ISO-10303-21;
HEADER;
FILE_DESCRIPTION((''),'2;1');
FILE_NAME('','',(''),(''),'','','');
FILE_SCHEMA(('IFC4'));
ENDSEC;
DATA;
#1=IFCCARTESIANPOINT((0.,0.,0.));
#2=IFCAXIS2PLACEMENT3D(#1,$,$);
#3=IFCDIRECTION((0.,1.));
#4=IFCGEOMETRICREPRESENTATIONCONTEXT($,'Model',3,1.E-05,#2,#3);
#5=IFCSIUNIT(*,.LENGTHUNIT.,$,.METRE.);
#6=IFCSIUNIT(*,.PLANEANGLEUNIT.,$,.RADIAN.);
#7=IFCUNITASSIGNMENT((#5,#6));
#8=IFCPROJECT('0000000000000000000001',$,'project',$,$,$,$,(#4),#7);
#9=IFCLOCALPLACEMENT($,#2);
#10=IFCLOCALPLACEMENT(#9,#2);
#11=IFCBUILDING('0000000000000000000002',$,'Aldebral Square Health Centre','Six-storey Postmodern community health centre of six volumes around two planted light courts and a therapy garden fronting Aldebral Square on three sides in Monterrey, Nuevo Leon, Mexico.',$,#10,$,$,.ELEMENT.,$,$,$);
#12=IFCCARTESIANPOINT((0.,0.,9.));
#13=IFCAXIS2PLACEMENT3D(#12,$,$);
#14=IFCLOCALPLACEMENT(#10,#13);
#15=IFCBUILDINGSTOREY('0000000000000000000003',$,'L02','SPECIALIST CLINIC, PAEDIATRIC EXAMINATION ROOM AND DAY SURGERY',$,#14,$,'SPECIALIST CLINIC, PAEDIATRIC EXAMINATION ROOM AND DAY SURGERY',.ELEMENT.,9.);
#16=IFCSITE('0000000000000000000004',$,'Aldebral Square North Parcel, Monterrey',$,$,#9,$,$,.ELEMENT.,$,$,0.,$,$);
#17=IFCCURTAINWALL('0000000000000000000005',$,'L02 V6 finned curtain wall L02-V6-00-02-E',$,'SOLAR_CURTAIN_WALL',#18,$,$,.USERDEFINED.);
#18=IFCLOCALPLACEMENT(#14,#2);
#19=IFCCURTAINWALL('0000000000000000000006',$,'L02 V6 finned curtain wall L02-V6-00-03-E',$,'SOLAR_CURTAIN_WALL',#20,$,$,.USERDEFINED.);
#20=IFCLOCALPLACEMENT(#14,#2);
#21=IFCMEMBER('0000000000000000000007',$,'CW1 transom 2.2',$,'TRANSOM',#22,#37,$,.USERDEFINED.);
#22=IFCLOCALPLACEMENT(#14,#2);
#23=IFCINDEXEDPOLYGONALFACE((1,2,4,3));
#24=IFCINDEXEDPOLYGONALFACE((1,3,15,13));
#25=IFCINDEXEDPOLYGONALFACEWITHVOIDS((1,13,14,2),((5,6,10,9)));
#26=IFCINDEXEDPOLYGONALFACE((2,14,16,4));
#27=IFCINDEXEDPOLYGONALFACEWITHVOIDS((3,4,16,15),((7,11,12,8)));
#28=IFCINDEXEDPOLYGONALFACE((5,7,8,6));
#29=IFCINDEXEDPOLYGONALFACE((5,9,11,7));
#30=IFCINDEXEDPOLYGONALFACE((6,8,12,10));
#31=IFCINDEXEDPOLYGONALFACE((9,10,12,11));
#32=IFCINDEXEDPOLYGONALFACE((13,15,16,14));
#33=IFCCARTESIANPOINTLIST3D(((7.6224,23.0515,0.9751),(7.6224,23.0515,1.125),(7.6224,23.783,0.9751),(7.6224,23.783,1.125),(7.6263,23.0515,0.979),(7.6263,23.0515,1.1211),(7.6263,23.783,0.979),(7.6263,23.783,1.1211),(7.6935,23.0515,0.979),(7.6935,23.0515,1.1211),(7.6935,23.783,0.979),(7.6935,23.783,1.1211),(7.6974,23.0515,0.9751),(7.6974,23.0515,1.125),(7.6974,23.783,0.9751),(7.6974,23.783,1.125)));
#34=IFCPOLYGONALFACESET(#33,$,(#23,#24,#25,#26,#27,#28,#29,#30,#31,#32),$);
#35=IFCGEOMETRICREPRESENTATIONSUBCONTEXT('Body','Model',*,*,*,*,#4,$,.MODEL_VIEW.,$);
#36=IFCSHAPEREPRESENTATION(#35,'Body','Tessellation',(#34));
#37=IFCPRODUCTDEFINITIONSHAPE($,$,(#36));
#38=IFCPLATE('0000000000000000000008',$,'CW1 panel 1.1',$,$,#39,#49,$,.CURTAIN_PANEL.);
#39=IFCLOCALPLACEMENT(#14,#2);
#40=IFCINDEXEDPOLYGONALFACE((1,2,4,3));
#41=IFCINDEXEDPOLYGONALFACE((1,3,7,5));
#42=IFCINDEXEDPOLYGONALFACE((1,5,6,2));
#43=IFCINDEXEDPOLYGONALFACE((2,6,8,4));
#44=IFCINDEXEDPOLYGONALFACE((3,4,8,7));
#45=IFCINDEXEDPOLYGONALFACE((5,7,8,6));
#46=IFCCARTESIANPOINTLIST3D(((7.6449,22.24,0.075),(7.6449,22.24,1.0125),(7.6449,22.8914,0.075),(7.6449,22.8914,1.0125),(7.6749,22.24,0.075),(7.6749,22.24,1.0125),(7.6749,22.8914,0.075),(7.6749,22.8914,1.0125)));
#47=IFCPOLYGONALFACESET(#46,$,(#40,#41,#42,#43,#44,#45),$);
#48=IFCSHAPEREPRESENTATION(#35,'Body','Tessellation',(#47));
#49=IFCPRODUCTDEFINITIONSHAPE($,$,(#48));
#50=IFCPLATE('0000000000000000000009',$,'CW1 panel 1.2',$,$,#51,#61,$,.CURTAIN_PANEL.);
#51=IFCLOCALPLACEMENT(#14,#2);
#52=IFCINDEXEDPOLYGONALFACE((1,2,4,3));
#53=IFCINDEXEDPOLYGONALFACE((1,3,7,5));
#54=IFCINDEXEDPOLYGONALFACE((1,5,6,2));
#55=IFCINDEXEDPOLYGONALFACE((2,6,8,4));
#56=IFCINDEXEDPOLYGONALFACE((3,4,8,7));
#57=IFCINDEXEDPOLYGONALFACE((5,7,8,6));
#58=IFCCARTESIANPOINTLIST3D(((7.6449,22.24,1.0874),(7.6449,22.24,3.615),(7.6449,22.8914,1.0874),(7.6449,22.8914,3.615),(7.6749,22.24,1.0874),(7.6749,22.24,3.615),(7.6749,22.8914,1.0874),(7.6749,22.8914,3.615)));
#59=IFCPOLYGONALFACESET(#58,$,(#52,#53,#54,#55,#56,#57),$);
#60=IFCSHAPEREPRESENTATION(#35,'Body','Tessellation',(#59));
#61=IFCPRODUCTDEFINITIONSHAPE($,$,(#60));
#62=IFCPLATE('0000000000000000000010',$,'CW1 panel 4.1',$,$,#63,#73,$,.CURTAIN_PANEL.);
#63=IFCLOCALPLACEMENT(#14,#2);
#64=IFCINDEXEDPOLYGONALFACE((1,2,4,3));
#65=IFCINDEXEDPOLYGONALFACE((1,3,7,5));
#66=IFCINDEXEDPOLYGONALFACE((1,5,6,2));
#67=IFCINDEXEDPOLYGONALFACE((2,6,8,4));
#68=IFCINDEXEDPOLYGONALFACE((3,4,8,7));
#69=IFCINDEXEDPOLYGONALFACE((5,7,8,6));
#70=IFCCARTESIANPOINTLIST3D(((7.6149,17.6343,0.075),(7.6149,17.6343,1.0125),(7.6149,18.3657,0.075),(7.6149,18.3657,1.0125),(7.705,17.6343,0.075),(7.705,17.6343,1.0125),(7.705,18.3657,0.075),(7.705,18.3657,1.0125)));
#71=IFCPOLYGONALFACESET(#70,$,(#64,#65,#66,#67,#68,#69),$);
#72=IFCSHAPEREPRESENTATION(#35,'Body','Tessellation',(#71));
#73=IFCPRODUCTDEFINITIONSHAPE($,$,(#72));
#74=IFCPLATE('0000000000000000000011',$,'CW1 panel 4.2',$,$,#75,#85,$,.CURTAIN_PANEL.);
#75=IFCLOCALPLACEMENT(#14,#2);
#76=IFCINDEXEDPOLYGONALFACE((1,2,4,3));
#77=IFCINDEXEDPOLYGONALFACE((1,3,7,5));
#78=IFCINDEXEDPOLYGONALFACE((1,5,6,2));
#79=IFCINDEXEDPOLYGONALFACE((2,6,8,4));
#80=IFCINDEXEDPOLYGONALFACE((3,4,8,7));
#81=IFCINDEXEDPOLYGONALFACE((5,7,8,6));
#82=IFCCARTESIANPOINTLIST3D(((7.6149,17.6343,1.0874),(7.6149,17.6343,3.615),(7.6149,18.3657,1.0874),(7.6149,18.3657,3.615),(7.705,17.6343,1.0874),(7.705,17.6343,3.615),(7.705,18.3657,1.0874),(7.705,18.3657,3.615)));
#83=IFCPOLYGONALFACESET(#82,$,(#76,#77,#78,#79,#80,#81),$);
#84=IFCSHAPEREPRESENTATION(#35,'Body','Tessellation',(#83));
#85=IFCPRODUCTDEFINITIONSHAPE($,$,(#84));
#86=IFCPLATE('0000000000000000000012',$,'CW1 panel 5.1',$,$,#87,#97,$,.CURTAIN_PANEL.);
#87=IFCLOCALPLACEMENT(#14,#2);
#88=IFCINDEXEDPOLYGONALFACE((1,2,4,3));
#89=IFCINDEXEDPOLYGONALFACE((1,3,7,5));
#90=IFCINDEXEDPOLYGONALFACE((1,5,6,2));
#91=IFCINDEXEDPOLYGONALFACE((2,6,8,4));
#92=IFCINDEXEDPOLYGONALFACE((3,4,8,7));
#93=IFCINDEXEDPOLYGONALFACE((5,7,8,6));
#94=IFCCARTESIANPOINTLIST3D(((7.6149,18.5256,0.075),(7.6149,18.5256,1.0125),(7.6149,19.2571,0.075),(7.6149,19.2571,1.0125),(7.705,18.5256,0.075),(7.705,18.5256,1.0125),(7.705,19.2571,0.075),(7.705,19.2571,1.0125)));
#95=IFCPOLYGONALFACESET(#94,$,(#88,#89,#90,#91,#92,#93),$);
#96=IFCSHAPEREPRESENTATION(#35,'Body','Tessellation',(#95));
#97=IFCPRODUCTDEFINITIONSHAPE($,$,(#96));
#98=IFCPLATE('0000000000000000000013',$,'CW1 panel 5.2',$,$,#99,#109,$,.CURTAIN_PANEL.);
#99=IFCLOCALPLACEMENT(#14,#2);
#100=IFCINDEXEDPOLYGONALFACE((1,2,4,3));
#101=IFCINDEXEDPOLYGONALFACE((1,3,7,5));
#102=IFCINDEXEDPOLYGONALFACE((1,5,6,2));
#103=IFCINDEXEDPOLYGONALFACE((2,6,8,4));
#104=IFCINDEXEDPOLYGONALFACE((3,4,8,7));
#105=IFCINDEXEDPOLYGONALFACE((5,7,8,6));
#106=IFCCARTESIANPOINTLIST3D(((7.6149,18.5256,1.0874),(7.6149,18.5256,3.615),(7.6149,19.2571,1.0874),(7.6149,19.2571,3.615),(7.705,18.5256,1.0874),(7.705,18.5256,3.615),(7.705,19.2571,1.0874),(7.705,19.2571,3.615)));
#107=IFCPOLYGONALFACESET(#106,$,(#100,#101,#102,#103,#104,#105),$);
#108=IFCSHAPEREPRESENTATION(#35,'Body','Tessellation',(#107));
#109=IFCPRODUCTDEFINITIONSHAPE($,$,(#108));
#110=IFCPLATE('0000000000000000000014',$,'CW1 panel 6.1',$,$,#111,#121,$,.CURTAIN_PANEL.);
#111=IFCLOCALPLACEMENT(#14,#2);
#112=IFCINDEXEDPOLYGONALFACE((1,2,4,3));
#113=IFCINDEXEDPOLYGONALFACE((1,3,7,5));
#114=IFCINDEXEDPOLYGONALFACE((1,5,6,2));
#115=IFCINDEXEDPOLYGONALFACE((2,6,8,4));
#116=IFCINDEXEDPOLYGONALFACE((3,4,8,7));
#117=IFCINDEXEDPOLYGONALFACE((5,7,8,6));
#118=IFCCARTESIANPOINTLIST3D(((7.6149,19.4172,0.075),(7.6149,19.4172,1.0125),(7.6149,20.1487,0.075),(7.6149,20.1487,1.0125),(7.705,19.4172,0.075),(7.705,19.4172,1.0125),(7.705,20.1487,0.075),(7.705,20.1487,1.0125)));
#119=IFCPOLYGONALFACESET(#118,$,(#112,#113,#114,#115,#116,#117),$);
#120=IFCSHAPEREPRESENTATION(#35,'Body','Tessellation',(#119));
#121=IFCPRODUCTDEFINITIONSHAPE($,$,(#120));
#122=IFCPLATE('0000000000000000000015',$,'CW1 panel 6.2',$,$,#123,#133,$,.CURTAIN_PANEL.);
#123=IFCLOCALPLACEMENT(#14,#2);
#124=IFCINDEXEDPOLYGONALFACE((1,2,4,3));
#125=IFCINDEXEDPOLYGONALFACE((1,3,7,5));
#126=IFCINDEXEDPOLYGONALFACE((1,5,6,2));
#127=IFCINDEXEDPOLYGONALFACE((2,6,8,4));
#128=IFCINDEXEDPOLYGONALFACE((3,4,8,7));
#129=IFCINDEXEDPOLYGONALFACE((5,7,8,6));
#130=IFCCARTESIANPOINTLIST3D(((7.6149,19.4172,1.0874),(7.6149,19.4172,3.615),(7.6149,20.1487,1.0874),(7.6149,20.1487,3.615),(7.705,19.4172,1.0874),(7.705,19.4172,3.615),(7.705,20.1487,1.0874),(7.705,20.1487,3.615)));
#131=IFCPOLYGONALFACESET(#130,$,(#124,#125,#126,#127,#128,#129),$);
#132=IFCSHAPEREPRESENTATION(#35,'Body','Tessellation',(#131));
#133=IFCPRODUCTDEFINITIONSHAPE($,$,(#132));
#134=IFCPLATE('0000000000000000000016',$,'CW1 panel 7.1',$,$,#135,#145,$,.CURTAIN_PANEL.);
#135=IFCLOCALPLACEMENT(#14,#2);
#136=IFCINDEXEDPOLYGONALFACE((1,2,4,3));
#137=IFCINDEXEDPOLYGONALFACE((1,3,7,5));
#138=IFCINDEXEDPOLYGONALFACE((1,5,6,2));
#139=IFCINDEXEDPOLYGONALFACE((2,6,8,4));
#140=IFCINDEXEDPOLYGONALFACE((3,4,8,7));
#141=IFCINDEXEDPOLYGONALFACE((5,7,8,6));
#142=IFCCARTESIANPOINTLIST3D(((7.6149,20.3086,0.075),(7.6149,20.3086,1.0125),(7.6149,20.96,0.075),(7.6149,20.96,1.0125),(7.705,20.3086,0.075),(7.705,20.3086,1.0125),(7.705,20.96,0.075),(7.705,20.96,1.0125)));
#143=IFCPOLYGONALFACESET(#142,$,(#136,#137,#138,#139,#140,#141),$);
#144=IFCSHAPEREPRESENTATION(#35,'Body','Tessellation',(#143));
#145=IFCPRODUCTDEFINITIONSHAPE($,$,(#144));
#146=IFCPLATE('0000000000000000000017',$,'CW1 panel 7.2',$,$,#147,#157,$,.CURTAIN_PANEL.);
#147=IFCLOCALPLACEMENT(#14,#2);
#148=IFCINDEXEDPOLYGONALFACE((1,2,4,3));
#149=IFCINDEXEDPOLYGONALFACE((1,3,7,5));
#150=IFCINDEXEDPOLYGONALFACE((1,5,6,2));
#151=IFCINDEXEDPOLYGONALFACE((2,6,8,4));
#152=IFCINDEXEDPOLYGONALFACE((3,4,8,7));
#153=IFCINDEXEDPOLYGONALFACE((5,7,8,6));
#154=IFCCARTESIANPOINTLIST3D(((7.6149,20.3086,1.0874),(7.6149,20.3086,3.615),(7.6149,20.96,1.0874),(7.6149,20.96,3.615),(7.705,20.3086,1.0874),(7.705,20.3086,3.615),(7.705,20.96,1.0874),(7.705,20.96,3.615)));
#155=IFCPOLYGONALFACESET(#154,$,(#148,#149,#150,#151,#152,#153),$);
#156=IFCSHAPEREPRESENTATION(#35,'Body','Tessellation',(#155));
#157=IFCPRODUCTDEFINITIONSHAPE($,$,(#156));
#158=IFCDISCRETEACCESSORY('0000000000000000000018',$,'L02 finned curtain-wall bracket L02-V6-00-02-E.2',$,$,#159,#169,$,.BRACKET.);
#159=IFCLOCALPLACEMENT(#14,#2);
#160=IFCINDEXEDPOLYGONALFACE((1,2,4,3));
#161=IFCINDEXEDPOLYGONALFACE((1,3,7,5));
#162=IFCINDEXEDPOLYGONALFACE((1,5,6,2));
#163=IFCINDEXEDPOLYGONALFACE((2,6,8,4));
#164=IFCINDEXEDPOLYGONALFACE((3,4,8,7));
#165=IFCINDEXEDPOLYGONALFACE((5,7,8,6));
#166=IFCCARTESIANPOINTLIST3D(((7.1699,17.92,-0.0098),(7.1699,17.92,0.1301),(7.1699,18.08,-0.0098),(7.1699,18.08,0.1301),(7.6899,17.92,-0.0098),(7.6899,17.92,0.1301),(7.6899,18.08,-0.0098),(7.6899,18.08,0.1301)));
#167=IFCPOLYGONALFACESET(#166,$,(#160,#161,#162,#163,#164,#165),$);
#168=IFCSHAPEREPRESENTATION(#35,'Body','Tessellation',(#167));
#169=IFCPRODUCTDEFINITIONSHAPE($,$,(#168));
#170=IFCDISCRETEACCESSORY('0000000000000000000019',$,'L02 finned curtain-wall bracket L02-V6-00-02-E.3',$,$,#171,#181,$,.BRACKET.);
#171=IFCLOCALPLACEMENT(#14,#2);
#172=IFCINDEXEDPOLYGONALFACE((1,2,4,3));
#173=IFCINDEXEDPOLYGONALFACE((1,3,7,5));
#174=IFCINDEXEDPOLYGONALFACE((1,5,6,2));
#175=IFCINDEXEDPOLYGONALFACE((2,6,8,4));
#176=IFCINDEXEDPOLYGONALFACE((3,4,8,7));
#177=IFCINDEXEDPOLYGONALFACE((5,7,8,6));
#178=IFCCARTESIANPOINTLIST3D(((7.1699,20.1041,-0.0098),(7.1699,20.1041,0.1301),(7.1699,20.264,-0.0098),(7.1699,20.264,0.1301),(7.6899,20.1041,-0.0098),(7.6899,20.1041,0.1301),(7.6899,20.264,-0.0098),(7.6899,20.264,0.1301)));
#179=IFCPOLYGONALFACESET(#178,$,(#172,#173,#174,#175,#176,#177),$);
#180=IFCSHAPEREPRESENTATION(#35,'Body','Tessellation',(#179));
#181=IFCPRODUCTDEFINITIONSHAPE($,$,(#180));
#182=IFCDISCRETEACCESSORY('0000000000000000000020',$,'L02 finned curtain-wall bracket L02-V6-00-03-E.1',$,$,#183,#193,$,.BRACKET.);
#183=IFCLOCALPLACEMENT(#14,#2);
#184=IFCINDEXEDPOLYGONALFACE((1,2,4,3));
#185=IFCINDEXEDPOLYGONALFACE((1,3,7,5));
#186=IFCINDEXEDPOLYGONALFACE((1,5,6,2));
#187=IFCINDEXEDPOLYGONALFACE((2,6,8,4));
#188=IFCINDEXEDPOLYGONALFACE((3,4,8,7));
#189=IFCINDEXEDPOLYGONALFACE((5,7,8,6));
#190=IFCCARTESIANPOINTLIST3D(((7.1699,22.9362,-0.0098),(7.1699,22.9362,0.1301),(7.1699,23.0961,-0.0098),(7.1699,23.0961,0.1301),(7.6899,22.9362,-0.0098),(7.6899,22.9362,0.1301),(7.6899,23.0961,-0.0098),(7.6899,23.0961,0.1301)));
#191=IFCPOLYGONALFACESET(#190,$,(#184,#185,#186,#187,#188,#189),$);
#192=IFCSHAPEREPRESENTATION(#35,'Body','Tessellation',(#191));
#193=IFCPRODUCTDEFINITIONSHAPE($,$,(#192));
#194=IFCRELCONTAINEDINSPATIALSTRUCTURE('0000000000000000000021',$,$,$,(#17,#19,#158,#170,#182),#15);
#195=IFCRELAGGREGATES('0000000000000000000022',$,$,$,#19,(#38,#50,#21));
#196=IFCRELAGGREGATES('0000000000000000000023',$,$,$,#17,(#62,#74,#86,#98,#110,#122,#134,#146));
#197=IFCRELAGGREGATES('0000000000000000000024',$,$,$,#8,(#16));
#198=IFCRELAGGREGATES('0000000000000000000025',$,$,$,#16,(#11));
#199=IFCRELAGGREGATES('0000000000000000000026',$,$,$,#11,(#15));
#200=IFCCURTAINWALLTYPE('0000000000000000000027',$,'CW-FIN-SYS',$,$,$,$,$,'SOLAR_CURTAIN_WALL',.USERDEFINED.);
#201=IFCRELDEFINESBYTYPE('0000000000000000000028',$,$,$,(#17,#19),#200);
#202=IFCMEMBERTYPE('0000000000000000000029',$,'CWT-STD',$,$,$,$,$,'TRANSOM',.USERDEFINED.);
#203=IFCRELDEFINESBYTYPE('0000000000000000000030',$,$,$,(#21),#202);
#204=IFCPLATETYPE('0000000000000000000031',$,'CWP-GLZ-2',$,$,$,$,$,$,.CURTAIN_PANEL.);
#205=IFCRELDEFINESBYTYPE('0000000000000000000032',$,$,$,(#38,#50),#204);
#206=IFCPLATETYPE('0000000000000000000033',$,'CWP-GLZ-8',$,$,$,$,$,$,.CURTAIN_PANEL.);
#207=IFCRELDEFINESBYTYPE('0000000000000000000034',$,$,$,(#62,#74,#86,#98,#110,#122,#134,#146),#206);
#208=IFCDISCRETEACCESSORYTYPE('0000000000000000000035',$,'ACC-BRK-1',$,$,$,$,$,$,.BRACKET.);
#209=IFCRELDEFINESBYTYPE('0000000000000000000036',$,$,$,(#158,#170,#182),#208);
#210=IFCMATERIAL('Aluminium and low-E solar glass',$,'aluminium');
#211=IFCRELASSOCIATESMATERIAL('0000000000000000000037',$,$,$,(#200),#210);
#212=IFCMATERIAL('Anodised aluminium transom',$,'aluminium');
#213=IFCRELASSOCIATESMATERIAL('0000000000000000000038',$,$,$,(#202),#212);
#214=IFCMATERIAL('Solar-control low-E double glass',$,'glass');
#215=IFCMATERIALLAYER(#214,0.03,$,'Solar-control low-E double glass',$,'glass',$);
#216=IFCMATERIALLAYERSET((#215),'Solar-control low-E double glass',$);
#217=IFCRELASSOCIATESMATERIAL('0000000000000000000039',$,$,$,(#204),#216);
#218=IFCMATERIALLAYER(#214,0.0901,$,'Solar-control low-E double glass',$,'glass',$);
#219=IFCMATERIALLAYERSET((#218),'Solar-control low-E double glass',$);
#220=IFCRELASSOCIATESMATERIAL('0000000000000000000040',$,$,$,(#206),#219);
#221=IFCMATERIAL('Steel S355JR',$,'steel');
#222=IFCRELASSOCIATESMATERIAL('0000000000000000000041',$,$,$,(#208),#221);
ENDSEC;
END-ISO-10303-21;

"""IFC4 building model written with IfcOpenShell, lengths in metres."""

from ifc_helpers import new_model, si_unit, direction, frame, origin, origin_2d, place, context, subcontext, project, spatial, rectangle, hollow_rectangle, extrude, material, layer, layer_set, material_profile, profile_set, type_object, element, aggregate, save


model = new_model("IFC4")

# Units and contexts
model_context = context("Model", 3, precision=1e-05, world=origin(), true_north=direction((0.0, 1.0)))
body_context = subcontext(model_context, "Body", "Model", "MODEL_VIEW")
ifc_project = project(units=[si_unit("LENGTHUNIT", "METRE"), si_unit("PLANEANGLEUNIT", "RADIAN")], contexts=[model_context])

# Site, building, storey
site_placement = place(None, origin())
site = spatial("IfcSite", under=ifc_project, at=site_placement, Name="Aldebral Square North Parcel, Monterrey", CompositionType="ELEMENT", RefElevation=0.0)
building_placement = place(site_placement, origin())
building = spatial("IfcBuilding", under=site, at=building_placement, Name="Aldebral Square Health Centre", Description="Six-storey Postmodern community health centre of six volumes around two planted light courts and a therapy garden fronting Aldebral Square on three sides in Monterrey, Nuevo Leon, Mexico.", CompositionType="ELEMENT")
storey_placement = place(building_placement, frame((0.0, 0.0, 9.0)))
storey = spatial("IfcBuildingStorey", under=building, at=storey_placement, Name="L02", Description="SPECIALIST CLINIC, PAEDIATRIC EXAMINATION ROOM AND DAY SURGERY", LongName="SPECIALIST CLINIC, PAEDIATRIC EXAMINATION ROOM AND DAY SURGERY", CompositionType="ELEMENT", Elevation=9.0)

# Curtain walls
ifc_material_1 = material(Name="Aluminium and low-E solar glass", Category="aluminium")
curtain_wall_type = type_object("IfcCurtainWallType", Name="CW-FIN-SYS", ElementType="SOLAR_CURTAIN_WALL", PredefinedType="USERDEFINED", material=ifc_material_1)
curtain_wall_1_placement = place(storey_placement, origin())
curtain_wall_1 = element("IfcCurtainWall", 1, at=curtain_wall_1_placement, inside=storey, type_object=curtain_wall_type, Name="L02 V6 finned curtain wall L02-V6-00-02-E", ObjectType="SOLAR_CURTAIN_WALL", PredefinedType="USERDEFINED")
curtain_wall_2_placement = place(storey_placement, origin())
curtain_wall_2 = element("IfcCurtainWall", 2, at=curtain_wall_2_placement, inside=storey, type_object=curtain_wall_type, Name="L02 V6 finned curtain wall L02-V6-00-03-E", ObjectType="SOLAR_CURTAIN_WALL", PredefinedType="USERDEFINED")

# Member
ifc_material_2 = material(Name="Anodised aluminium transom", Category="aluminium")
ifc_material_profile_1 = material_profile(ifc_material_2, hollow_rectangle(XDim=0.075, YDim=0.1499, WallThickness=0.0039, at=origin_2d()), Name="CWT 75x150x4")
ifc_profile_set_1 = profile_set([ifc_material_profile_1], Name="Anodised aluminium transom")
member_type_1 = type_object("IfcMemberType", Name="CWT-STD", ElementType="TRANSOM", PredefinedType="USERDEFINED", material=ifc_profile_set_1)
member_1_placement = place(storey_placement, frame((7.6599, 23.0515, 1.05), z_axis=(0.0, 1.0, 0.0), x_axis=(-1.0, 0.0, 0.0)))
member_1 = element("IfcMember", 3, at=member_1_placement, type_object=member_type_1, Name="CW1 transom 2.2", ObjectType="TRANSOM", PredefinedType="USERDEFINED", context=body_context, shape_type="SweptSolid", body=[
    extrude(hollow_rectangle(XDim=0.075, YDim=0.1499, WallThickness=0.0039, at=origin_2d()), origin(), (0.0, 0.0, 1.0), 0.7314),
])

# Plates
ifc_material_3 = material(Name="Solar-control low-E double glass", Category="glass")
ifc_layer_1 = layer(ifc_material_3, 0.03, Name="Solar-control low-E double glass", Category="glass")
ifc_layer_set_1 = layer_set([ifc_layer_1], Name="Solar-control low-E double glass")
plate_type_1 = type_object("IfcPlateType", Name="CWP-GLZ-2", PredefinedType="CURTAIN_PANEL", material=ifc_layer_set_1)
plate_1_placement = place(storey_placement, frame((7.6599, 22.5657, 0.075), z_axis=(0.0, 0.0, 1.0), x_axis=(0.0, 1.0, 0.0)))
plate_1 = element("IfcPlate", 4, at=plate_1_placement, type_object=plate_type_1, Name="CW1 panel 1.1", PredefinedType="CURTAIN_PANEL", context=body_context, shape_type="SweptSolid", body=[
    extrude(rectangle(XDim=0.6514, YDim=0.03, at=origin_2d()), origin(), (0.0, 0.0, 1.0), 0.9375),
])
plate_2_placement = place(storey_placement, frame((7.6599, 22.5657, 1.0874), z_axis=(0.0, 0.0, 1.0), x_axis=(0.0, 1.0, 0.0)))
plate_2 = element("IfcPlate", 5, at=plate_2_placement, type_object=plate_type_1, Name="CW1 panel 1.2", PredefinedType="CURTAIN_PANEL", context=body_context, shape_type="SweptSolid", body=[
    extrude(rectangle(XDim=0.6514, YDim=0.03, at=origin_2d()), origin(), (0.0, 0.0, 1.0), 2.5276),
])
aggregate(curtain_wall_2, [plate_1, plate_2, member_1])
ifc_layer_2 = layer(ifc_material_3, 0.0901, Name="Solar-control low-E double glass", Category="glass")
ifc_layer_set_2 = layer_set([ifc_layer_2], Name="Solar-control low-E double glass")
plate_type_2 = type_object("IfcPlateType", Name="CWP-GLZ-8", PredefinedType="CURTAIN_PANEL", material=ifc_layer_set_2)
plate_3_placement = place(storey_placement, frame((7.6599, 18.0, 0.075), z_axis=(0.0, 0.0, 1.0), x_axis=(0.0, 1.0, 0.0)))
plate_3 = element("IfcPlate", 6, at=plate_3_placement, type_object=plate_type_2, Name="CW1 panel 4.1", PredefinedType="CURTAIN_PANEL", context=body_context, shape_type="SweptSolid", body=[
    extrude(rectangle(XDim=0.7314, YDim=0.0901, at=origin_2d()), origin(), (0.0, 0.0, 1.0), 0.9375),
])
plate_4_placement = place(storey_placement, frame((7.6599, 18.0, 1.0874), z_axis=(0.0, 0.0, 1.0), x_axis=(0.0, 1.0, 0.0)))
plate_4 = element("IfcPlate", 7, at=plate_4_placement, type_object=plate_type_2, Name="CW1 panel 4.2", PredefinedType="CURTAIN_PANEL", context=body_context, shape_type="SweptSolid", body=[
    extrude(rectangle(XDim=0.7314, YDim=0.0901, at=origin_2d()), origin(), (0.0, 0.0, 1.0), 2.5276),
])
plate_5_placement = place(storey_placement, frame((7.6599, 18.8914, 0.075), z_axis=(0.0, 0.0, 1.0), x_axis=(0.0, 1.0, 0.0)))
plate_5 = element("IfcPlate", 8, at=plate_5_placement, type_object=plate_type_2, Name="CW1 panel 5.1", PredefinedType="CURTAIN_PANEL", context=body_context, shape_type="SweptSolid", body=[
    extrude(rectangle(XDim=0.7314, YDim=0.0901, at=origin_2d()), origin(), (0.0, 0.0, 1.0), 0.9375),
])
plate_6_placement = place(storey_placement, frame((7.6599, 18.8914, 1.0874), z_axis=(0.0, 0.0, 1.0), x_axis=(0.0, 1.0, 0.0)))
plate_6 = element("IfcPlate", 9, at=plate_6_placement, type_object=plate_type_2, Name="CW1 panel 5.2", PredefinedType="CURTAIN_PANEL", context=body_context, shape_type="SweptSolid", body=[
    extrude(rectangle(XDim=0.7314, YDim=0.0901, at=origin_2d()), origin(), (0.0, 0.0, 1.0), 2.5276),
])
plate_7_placement = place(storey_placement, frame((7.6599, 19.783, 0.075), z_axis=(0.0, 0.0, 1.0), x_axis=(0.0, 1.0, 0.0)))
plate_7 = element("IfcPlate", 10, at=plate_7_placement, type_object=plate_type_2, Name="CW1 panel 6.1", PredefinedType="CURTAIN_PANEL", context=body_context, shape_type="SweptSolid", body=[
    extrude(rectangle(XDim=0.7314, YDim=0.0901, at=origin_2d()), origin(), (0.0, 0.0, 1.0), 0.9375),
])
plate_8_placement = place(storey_placement, frame((7.6599, 19.783, 1.0874), z_axis=(0.0, 0.0, 1.0), x_axis=(0.0, 1.0, 0.0)))
plate_8 = element("IfcPlate", 11, at=plate_8_placement, type_object=plate_type_2, Name="CW1 panel 6.2", PredefinedType="CURTAIN_PANEL", context=body_context, shape_type="SweptSolid", body=[
    extrude(rectangle(XDim=0.7314, YDim=0.0901, at=origin_2d()), origin(), (0.0, 0.0, 1.0), 2.5276),
])
plate_9_placement = place(storey_placement, frame((7.6599, 20.6343, 0.075), z_axis=(0.0, 0.0, 1.0), x_axis=(0.0, 1.0, 0.0)))
plate_9 = element("IfcPlate", 12, at=plate_9_placement, type_object=plate_type_2, Name="CW1 panel 7.1", PredefinedType="CURTAIN_PANEL", context=body_context, shape_type="SweptSolid", body=[
    extrude(rectangle(XDim=0.6514, YDim=0.0901, at=origin_2d()), origin(), (0.0, 0.0, 1.0), 0.9375),
])
plate_10_placement = place(storey_placement, frame((7.6599, 20.6343, 1.0874), z_axis=(0.0, 0.0, 1.0), x_axis=(0.0, 1.0, 0.0)))
plate_10 = element("IfcPlate", 13, at=plate_10_placement, type_object=plate_type_2, Name="CW1 panel 7.2", PredefinedType="CURTAIN_PANEL", context=body_context, shape_type="SweptSolid", body=[
    extrude(rectangle(XDim=0.6514, YDim=0.0901, at=origin_2d()), origin(), (0.0, 0.0, 1.0), 2.5276),
])
aggregate(curtain_wall_1, [plate_3, plate_4, plate_5, plate_6, plate_7, plate_8, plate_9, plate_10])

# Discrete accessories
ifc_material_4 = material(Name="Steel S355JR", Category="steel")
discrete_accessory_type = type_object("IfcDiscreteAccessoryType", Name="ACC-BRK-1", PredefinedType="BRACKET", material=ifc_material_4)
for number, where, z_axis, x_axis, name in (
    (14, (7.4299, 18.0, -0.0098), (0.0, 0.0, 1.0), (0.0, 1.0, 0.0), "L02 finned curtain-wall bracket L02-V6-00-02-E.2"),
    (15, (7.4299, 20.1841, -0.0098), (0.0, 0.0, 1.0), (0.0, 1.0, 0.0), "L02 finned curtain-wall bracket L02-V6-00-02-E.3"),
    (16, (7.4299, 23.0161, -0.0098), (0.0, 0.0, 1.0), (0.0, 1.0, 0.0), "L02 finned curtain-wall bracket L02-V6-00-03-E.1"),
):
    element("IfcDiscreteAccessory", number, at=place(storey_placement, frame(where, z_axis=z_axis, x_axis=x_axis)), inside=storey, type_object=discrete_accessory_type, Name=name, PredefinedType="BRACKET", context=body_context, shape_type="SweptSolid", body=[
        extrude(rectangle(XDim=0.1599, YDim=0.52, at=origin_2d()), origin(), (0.0, 0.0, 1.0), 0.1399),
    ])

save(model, "model.ifc")
